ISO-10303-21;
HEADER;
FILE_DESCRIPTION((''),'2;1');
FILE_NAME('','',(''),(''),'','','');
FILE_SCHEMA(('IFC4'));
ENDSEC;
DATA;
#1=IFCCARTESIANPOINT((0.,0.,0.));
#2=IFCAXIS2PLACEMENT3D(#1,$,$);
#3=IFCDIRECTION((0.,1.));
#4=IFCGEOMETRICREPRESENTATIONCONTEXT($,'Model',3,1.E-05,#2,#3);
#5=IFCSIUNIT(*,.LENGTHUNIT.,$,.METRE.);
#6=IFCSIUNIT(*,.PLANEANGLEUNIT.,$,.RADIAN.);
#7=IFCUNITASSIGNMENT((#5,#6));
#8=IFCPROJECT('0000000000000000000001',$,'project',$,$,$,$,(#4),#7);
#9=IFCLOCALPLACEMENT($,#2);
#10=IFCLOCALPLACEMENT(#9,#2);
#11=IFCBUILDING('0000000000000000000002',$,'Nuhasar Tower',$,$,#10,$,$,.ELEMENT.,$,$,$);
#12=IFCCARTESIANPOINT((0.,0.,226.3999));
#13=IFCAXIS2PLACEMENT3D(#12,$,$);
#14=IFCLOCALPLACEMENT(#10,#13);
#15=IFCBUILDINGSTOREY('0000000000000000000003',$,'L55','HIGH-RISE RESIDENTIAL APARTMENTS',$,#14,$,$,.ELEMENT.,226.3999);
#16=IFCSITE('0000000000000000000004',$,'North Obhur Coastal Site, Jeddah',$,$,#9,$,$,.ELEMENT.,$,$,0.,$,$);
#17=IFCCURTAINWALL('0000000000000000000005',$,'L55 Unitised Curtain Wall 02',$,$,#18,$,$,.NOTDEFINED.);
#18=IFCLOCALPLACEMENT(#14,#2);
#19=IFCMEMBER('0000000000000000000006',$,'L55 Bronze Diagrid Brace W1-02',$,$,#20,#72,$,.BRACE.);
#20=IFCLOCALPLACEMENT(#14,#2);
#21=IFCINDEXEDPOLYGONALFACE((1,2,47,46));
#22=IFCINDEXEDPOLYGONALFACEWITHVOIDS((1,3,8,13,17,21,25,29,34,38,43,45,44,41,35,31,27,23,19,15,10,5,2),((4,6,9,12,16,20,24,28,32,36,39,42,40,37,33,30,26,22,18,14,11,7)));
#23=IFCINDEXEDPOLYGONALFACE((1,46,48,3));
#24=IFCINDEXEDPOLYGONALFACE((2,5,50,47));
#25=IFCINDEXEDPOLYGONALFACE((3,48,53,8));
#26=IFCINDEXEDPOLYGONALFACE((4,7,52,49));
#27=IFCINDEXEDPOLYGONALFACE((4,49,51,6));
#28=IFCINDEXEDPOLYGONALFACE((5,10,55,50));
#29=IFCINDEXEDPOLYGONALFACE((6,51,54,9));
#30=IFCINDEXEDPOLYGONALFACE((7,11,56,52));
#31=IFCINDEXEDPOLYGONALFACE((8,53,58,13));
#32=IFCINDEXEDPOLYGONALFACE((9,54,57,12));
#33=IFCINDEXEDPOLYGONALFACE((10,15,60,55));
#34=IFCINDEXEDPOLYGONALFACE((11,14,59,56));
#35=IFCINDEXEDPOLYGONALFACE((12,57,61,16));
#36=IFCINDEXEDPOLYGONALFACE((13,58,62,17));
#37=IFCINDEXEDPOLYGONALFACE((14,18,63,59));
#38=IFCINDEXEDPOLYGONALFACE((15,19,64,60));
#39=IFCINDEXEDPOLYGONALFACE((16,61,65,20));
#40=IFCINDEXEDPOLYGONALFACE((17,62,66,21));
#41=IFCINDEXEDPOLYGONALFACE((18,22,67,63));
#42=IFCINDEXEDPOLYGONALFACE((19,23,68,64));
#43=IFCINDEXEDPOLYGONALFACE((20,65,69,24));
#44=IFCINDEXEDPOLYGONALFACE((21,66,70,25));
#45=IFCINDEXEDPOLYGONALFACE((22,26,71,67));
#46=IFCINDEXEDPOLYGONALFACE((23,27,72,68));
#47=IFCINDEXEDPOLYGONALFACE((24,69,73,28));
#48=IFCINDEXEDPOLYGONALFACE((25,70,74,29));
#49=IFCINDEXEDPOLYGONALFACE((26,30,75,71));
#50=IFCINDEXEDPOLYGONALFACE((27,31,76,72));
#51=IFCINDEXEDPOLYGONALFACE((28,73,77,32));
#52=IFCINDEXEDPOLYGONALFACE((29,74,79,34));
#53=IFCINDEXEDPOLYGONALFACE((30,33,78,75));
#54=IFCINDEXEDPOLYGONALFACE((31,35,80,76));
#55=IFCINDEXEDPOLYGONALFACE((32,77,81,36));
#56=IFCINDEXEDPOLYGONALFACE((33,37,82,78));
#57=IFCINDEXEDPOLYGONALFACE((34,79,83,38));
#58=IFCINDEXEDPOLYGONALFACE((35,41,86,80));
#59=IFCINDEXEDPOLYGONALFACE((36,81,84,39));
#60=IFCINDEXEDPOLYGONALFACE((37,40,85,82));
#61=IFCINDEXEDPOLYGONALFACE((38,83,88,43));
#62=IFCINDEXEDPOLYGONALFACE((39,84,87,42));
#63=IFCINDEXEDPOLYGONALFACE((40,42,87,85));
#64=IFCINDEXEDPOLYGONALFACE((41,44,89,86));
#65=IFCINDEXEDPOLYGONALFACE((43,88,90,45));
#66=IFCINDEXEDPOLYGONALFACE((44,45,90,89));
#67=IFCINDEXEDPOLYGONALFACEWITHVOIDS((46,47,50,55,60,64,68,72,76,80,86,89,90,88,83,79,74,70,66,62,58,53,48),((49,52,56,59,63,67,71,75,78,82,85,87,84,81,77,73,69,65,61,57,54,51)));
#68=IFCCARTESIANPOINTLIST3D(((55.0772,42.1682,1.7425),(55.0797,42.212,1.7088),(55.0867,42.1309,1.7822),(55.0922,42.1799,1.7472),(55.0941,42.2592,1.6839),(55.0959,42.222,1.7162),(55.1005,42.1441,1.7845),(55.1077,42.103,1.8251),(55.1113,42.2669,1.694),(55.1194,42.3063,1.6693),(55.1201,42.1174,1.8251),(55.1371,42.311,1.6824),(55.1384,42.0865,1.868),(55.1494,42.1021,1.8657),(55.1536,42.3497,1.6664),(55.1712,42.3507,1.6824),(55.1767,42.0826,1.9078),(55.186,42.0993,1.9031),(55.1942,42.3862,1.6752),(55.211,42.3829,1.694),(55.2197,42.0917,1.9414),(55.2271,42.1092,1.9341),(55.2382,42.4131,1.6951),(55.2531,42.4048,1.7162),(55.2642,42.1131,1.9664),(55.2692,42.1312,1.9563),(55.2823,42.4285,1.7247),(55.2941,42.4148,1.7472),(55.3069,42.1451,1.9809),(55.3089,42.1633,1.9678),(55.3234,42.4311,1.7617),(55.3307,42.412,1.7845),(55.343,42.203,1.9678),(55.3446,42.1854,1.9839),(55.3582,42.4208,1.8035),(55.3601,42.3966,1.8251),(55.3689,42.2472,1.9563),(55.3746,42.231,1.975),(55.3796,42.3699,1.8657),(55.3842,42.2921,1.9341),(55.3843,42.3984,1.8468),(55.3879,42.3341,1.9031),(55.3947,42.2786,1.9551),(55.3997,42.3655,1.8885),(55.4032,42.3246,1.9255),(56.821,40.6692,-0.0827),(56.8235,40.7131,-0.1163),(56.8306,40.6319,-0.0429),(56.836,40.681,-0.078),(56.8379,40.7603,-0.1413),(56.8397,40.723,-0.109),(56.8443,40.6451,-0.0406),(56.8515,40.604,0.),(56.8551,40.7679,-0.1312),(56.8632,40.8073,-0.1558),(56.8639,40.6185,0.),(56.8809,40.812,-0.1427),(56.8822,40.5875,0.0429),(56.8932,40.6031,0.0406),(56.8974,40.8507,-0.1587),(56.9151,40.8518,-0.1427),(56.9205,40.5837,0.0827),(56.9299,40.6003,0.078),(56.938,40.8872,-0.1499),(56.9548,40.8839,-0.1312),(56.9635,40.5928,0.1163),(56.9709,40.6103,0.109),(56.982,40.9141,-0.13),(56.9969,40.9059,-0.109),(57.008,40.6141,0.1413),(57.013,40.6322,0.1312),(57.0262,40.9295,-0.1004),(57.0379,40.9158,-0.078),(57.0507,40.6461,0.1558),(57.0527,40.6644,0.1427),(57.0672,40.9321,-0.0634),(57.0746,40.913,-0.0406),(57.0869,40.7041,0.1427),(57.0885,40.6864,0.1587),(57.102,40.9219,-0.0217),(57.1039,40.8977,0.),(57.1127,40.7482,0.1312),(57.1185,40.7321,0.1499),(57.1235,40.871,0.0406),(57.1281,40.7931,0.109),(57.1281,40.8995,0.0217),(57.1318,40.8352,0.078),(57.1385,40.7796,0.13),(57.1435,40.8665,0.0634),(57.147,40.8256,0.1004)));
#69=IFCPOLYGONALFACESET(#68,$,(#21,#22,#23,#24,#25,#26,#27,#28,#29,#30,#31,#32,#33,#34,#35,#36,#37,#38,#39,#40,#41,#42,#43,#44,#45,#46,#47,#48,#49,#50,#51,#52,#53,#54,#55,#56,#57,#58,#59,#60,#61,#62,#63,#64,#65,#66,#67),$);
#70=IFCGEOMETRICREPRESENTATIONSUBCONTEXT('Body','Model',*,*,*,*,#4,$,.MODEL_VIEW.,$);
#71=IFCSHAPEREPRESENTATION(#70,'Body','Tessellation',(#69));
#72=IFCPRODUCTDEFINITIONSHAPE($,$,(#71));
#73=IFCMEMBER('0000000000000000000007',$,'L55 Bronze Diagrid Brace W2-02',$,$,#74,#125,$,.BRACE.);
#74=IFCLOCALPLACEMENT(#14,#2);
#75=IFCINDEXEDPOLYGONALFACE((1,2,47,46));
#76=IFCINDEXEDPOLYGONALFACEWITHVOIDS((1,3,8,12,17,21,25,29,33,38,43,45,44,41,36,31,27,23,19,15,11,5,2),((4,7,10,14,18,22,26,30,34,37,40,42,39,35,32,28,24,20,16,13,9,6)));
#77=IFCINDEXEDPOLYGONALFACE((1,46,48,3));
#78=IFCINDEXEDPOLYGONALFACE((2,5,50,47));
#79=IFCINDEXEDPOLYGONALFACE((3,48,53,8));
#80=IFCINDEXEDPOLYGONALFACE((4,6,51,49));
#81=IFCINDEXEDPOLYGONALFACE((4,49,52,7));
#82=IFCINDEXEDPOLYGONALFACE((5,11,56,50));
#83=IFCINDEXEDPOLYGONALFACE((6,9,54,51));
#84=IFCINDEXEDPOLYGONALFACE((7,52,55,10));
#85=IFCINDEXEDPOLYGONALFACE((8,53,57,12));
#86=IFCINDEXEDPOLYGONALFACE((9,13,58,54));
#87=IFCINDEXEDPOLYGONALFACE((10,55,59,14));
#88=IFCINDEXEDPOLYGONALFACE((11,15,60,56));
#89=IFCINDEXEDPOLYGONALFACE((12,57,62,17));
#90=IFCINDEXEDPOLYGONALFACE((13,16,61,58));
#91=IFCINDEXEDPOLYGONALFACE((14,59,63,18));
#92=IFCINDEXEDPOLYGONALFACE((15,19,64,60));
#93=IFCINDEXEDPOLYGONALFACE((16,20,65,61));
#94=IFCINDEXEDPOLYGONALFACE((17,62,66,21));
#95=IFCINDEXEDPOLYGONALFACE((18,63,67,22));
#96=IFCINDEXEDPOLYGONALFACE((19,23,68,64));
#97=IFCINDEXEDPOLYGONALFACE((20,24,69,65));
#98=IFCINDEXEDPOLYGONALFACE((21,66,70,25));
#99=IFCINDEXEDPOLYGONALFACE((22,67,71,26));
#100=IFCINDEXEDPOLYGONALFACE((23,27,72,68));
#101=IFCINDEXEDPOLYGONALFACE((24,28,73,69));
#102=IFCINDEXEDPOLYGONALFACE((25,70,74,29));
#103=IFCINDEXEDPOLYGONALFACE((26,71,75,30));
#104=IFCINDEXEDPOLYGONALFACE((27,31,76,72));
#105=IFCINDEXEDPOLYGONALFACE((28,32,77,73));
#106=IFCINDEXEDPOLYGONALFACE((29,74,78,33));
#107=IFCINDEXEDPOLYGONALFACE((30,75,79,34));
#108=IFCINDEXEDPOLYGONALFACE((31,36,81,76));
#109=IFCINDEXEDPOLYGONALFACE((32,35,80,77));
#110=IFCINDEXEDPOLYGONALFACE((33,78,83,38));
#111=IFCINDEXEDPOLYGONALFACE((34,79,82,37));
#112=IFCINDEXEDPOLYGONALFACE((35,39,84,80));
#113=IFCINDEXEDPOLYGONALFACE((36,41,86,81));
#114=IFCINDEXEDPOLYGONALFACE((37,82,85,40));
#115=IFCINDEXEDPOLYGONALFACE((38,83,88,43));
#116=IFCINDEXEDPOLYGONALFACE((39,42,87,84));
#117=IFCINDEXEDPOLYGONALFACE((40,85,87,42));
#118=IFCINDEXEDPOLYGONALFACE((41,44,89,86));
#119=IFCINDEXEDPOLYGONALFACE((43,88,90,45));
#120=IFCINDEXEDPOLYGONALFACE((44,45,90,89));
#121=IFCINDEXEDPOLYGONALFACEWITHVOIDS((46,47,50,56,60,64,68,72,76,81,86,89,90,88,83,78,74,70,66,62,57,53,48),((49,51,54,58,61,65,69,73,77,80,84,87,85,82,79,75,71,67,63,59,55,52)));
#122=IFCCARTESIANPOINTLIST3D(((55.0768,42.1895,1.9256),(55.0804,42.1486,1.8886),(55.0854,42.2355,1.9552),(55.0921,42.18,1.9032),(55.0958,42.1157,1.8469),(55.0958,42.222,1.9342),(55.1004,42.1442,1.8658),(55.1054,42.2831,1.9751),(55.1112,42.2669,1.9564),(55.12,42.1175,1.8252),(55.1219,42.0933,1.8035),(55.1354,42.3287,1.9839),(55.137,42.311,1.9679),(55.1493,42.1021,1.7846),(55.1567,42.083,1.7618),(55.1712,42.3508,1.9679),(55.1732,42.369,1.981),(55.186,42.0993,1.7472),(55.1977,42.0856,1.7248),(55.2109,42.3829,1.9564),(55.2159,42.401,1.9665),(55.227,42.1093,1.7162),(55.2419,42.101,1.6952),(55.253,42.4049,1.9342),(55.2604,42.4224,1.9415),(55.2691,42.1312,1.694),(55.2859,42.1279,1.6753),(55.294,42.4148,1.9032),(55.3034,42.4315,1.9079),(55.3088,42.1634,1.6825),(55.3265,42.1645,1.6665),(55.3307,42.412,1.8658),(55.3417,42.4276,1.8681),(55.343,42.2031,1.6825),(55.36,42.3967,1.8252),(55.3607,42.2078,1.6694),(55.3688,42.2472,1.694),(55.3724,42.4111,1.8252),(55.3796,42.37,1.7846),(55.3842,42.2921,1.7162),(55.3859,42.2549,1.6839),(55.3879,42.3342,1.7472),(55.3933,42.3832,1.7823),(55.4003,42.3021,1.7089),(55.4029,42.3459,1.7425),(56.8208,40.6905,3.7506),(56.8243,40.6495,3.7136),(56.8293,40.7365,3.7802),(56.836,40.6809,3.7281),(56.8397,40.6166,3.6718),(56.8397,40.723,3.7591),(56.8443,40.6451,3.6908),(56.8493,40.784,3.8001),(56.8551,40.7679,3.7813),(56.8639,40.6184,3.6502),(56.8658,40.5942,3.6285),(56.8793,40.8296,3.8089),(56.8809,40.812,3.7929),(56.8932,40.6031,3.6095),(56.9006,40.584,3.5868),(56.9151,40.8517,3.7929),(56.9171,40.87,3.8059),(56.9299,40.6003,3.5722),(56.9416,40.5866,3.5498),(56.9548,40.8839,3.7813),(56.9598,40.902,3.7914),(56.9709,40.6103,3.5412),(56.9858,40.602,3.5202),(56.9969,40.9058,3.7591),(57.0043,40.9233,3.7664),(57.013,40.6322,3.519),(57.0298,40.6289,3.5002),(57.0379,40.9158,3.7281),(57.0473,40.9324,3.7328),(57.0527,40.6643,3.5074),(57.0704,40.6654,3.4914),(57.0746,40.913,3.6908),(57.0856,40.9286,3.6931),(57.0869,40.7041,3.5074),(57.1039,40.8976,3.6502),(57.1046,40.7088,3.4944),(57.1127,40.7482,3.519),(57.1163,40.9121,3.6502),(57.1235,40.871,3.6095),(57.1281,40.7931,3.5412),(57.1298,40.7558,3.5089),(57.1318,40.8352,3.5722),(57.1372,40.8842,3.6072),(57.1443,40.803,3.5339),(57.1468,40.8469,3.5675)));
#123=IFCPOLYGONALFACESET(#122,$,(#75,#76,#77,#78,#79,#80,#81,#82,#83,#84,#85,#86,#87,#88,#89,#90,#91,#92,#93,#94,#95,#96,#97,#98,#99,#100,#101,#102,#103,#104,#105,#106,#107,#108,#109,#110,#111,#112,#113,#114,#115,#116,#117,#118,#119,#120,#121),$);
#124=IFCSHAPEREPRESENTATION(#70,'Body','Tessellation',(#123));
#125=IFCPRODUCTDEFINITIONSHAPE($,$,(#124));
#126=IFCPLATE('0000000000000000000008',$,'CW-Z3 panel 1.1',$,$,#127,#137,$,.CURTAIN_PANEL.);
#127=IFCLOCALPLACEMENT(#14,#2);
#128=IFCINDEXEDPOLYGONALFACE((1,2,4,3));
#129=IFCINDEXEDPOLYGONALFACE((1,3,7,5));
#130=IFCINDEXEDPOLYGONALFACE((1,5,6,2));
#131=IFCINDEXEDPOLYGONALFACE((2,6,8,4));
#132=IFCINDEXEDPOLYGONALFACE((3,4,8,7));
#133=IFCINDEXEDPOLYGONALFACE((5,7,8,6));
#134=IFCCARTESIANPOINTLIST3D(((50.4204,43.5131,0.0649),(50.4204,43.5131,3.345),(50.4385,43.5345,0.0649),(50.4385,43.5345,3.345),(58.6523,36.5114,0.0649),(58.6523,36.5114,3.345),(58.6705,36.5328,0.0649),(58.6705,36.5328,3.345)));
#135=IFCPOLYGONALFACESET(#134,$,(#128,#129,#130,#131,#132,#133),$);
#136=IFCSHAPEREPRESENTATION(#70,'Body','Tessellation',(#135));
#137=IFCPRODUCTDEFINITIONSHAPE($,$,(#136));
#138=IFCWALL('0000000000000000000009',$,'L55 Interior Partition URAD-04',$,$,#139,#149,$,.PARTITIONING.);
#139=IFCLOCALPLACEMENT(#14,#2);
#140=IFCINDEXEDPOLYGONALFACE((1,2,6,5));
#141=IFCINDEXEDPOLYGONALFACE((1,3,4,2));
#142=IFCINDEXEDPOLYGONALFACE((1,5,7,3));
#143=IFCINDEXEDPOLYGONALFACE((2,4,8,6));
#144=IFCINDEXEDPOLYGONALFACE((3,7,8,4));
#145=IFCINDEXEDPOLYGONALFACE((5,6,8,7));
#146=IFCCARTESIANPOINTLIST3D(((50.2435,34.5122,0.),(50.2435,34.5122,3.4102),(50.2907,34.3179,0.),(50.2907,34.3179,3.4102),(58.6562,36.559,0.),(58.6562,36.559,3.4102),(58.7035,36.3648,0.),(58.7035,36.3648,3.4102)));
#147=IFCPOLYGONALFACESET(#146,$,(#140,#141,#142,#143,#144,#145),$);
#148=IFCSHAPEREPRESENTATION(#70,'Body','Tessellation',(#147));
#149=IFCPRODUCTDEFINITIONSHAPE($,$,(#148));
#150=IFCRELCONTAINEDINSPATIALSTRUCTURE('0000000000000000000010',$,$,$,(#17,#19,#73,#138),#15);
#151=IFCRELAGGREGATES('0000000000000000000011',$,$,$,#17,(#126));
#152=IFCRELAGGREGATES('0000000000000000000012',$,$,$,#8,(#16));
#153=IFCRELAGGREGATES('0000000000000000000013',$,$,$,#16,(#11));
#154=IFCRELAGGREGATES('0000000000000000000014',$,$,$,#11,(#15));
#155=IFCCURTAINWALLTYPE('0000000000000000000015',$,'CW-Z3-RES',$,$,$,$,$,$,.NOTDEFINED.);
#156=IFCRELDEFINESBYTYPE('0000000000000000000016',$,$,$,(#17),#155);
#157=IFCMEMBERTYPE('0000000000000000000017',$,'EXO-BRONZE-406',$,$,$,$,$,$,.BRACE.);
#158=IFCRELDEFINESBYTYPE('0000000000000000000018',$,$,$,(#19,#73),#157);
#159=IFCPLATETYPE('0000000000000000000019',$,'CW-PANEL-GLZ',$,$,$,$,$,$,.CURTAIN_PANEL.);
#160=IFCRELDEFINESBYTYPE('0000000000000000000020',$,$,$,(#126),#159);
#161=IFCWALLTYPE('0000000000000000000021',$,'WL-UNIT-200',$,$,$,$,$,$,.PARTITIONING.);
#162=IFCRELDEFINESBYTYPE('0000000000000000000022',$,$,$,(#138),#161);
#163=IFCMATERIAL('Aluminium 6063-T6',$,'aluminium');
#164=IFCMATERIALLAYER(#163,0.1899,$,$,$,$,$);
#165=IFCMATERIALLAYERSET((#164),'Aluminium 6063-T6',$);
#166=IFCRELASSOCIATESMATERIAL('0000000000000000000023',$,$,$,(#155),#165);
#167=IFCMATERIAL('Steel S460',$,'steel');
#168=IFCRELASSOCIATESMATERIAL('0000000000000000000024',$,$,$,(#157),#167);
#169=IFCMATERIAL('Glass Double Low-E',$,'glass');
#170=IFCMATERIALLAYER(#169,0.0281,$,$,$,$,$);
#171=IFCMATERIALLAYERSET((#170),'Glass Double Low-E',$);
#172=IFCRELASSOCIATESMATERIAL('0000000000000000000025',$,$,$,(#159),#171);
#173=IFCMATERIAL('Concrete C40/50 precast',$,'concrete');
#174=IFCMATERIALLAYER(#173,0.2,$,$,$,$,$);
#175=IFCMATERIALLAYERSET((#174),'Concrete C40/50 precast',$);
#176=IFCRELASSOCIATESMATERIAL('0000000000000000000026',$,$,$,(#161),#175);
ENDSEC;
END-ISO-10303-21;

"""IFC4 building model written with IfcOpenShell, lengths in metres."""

from ifc_helpers import new_model, si_unit, direction, frame, frame_2d, origin, origin_2d, place, context, subcontext, project, spatial, rectangle, hollow_circle, extrude, material, layer, layer_set, material_profile, profile_set, type_object, element, aggregate, save


model = new_model("IFC4")

# Units and contexts
model_context = context("Model", 3, precision=1e-05, world=origin(), true_north=direction((0.0, 1.0)))
body_context = subcontext(model_context, "Body", "Model", "MODEL_VIEW")
ifc_project = project(units=[si_unit("LENGTHUNIT", "METRE"), si_unit("PLANEANGLEUNIT", "RADIAN")], contexts=[model_context])

# Site, building, storey
site_placement = place(None, origin())
site = spatial("IfcSite", under=ifc_project, at=site_placement, Name="North Obhur Coastal Site, Jeddah", CompositionType="ELEMENT", RefElevation=0.0)
building_placement = place(site_placement, origin())
building = spatial("IfcBuilding", under=site, at=building_placement, Name="Nuhasar Tower", CompositionType="ELEMENT")
storey_placement = place(building_placement, frame((0.0, 0.0, 226.3999)))
storey = spatial("IfcBuildingStorey", under=building, at=storey_placement, Name="L55", Description="HIGH-RISE RESIDENTIAL APARTMENTS", CompositionType="ELEMENT", Elevation=226.3999)

# Shared definitions
ifc_material_1 = material(Name="Aluminium 6063-T6", Category="aluminium")
ifc_layer_1 = layer(ifc_material_1, 0.1899)
ifc_layer_set_1 = layer_set([ifc_layer_1], Name="Aluminium 6063-T6")
curtain_wall_type = type_object("IfcCurtainWallType", Name="CW-Z3-RES", PredefinedType="NOTDEFINED", material=ifc_layer_set_1)

# Curtain wall
curtain_wall_1_placement = place(storey_placement, origin())
curtain_wall_1 = element("IfcCurtainWall", 1, at=curtain_wall_1_placement, inside=storey, type_object=curtain_wall_type, Name="L55 Unitised Curtain Wall 02", PredefinedType="NOTDEFINED")

# Members
ifc_material_2 = material(Name="Steel S460", Category="steel")
ifc_material_profile_1 = material_profile(ifc_material_2, hollow_circle(Radius=0.2031, WallThickness=0.019, at=origin_2d()), Name="HSS406.4X19.1")
ifc_profile_set_1 = profile_set([ifc_material_profile_1], Name="Steel S460")
member_type_1 = type_object("IfcMemberType", Name="EXO-BRONZE-406", PredefinedType="BRACE", material=ifc_profile_set_1)
for number, where, z_axis, x_axis, name in (
    (2, (56.9839, 40.7581, 0.0), (-0.593988, 0.510582, 0.621679), (-0.651857, -0.758342, 0.0), "L55 Bronze Diagrid Brace W1-02"),
    (3, (55.24, 42.2571, 1.8252), (0.594019, -0.510608, 0.621628), (0.651857, 0.758342, 0.0), "L55 Bronze Diagrid Brace W2-02"),
):
    element("IfcMember", number, at=place(storey_placement, frame(where, z_axis=z_axis, x_axis=x_axis)), inside=storey, type_object=member_type_1, Name=name, PredefinedType="BRACE", context=body_context, shape_type="SweptSolid", body=[
        extrude(hollow_circle(Radius=0.2031, WallThickness=0.019, at=origin_2d()), origin(), (0.0, 0.0, 1.0), 2.9358),
    ])

# Plate
ifc_material_3 = material(Name="Glass Double Low-E", Category="glass")
ifc_layer_2 = layer(ifc_material_3, 0.0281)
ifc_layer_set_2 = layer_set([ifc_layer_2], Name="Glass Double Low-E")
plate_type = type_object("IfcPlateType", Name="CW-PANEL-GLZ", PredefinedType="CURTAIN_PANEL", material=ifc_layer_set_2)
plate_placement = place(storey_placement, frame((54.5454, 40.0229, 0.0649), z_axis=(0.0, 0.0, 1.0), x_axis=(-0.761729, 0.647895, 0.0)))
plate = element("IfcPlate", 4, at=plate_placement, type_object=plate_type, Name="CW-Z3 panel 1.1", PredefinedType="CURTAIN_PANEL", context=body_context, shape_type="SweptSolid", body=[
    extrude(rectangle(XDim=10.8069, YDim=0.0281, at=origin_2d()), origin(), (0.0, 0.0, 1.0), 3.28),
])
aggregate(curtain_wall_1, [plate])

# Wall
ifc_material_4 = material(Name="Concrete C40/50 precast", Category="concrete")
ifc_layer_3 = layer(ifc_material_4, 0.2)
ifc_layer_set_3 = layer_set([ifc_layer_3], Name="Concrete C40/50 precast")
wall_type = type_object("IfcWallType", Name="WL-UNIT-200", PredefinedType="PARTITIONING", material=ifc_layer_set_3)
wall_placement = place(storey_placement, frame((50.2671, 34.415, 0.0), z_axis=(0.0, 0.0, 1.0), x_axis=(0.971654, 0.236407, 0.0)))
element("IfcWall", 5, at=wall_placement, inside=storey, type_object=wall_type, Name="L55 Interior Partition URAD-04", PredefinedType="PARTITIONING", context=body_context, shape_type="SweptSolid", body=[
    extrude(rectangle(XDim=8.6582, YDim=0.2, at=frame_2d((4.3291, 0.0))), origin(), (0.0, 0.0, 1.0), 3.4102),
])

save(model, "model.ifc")
